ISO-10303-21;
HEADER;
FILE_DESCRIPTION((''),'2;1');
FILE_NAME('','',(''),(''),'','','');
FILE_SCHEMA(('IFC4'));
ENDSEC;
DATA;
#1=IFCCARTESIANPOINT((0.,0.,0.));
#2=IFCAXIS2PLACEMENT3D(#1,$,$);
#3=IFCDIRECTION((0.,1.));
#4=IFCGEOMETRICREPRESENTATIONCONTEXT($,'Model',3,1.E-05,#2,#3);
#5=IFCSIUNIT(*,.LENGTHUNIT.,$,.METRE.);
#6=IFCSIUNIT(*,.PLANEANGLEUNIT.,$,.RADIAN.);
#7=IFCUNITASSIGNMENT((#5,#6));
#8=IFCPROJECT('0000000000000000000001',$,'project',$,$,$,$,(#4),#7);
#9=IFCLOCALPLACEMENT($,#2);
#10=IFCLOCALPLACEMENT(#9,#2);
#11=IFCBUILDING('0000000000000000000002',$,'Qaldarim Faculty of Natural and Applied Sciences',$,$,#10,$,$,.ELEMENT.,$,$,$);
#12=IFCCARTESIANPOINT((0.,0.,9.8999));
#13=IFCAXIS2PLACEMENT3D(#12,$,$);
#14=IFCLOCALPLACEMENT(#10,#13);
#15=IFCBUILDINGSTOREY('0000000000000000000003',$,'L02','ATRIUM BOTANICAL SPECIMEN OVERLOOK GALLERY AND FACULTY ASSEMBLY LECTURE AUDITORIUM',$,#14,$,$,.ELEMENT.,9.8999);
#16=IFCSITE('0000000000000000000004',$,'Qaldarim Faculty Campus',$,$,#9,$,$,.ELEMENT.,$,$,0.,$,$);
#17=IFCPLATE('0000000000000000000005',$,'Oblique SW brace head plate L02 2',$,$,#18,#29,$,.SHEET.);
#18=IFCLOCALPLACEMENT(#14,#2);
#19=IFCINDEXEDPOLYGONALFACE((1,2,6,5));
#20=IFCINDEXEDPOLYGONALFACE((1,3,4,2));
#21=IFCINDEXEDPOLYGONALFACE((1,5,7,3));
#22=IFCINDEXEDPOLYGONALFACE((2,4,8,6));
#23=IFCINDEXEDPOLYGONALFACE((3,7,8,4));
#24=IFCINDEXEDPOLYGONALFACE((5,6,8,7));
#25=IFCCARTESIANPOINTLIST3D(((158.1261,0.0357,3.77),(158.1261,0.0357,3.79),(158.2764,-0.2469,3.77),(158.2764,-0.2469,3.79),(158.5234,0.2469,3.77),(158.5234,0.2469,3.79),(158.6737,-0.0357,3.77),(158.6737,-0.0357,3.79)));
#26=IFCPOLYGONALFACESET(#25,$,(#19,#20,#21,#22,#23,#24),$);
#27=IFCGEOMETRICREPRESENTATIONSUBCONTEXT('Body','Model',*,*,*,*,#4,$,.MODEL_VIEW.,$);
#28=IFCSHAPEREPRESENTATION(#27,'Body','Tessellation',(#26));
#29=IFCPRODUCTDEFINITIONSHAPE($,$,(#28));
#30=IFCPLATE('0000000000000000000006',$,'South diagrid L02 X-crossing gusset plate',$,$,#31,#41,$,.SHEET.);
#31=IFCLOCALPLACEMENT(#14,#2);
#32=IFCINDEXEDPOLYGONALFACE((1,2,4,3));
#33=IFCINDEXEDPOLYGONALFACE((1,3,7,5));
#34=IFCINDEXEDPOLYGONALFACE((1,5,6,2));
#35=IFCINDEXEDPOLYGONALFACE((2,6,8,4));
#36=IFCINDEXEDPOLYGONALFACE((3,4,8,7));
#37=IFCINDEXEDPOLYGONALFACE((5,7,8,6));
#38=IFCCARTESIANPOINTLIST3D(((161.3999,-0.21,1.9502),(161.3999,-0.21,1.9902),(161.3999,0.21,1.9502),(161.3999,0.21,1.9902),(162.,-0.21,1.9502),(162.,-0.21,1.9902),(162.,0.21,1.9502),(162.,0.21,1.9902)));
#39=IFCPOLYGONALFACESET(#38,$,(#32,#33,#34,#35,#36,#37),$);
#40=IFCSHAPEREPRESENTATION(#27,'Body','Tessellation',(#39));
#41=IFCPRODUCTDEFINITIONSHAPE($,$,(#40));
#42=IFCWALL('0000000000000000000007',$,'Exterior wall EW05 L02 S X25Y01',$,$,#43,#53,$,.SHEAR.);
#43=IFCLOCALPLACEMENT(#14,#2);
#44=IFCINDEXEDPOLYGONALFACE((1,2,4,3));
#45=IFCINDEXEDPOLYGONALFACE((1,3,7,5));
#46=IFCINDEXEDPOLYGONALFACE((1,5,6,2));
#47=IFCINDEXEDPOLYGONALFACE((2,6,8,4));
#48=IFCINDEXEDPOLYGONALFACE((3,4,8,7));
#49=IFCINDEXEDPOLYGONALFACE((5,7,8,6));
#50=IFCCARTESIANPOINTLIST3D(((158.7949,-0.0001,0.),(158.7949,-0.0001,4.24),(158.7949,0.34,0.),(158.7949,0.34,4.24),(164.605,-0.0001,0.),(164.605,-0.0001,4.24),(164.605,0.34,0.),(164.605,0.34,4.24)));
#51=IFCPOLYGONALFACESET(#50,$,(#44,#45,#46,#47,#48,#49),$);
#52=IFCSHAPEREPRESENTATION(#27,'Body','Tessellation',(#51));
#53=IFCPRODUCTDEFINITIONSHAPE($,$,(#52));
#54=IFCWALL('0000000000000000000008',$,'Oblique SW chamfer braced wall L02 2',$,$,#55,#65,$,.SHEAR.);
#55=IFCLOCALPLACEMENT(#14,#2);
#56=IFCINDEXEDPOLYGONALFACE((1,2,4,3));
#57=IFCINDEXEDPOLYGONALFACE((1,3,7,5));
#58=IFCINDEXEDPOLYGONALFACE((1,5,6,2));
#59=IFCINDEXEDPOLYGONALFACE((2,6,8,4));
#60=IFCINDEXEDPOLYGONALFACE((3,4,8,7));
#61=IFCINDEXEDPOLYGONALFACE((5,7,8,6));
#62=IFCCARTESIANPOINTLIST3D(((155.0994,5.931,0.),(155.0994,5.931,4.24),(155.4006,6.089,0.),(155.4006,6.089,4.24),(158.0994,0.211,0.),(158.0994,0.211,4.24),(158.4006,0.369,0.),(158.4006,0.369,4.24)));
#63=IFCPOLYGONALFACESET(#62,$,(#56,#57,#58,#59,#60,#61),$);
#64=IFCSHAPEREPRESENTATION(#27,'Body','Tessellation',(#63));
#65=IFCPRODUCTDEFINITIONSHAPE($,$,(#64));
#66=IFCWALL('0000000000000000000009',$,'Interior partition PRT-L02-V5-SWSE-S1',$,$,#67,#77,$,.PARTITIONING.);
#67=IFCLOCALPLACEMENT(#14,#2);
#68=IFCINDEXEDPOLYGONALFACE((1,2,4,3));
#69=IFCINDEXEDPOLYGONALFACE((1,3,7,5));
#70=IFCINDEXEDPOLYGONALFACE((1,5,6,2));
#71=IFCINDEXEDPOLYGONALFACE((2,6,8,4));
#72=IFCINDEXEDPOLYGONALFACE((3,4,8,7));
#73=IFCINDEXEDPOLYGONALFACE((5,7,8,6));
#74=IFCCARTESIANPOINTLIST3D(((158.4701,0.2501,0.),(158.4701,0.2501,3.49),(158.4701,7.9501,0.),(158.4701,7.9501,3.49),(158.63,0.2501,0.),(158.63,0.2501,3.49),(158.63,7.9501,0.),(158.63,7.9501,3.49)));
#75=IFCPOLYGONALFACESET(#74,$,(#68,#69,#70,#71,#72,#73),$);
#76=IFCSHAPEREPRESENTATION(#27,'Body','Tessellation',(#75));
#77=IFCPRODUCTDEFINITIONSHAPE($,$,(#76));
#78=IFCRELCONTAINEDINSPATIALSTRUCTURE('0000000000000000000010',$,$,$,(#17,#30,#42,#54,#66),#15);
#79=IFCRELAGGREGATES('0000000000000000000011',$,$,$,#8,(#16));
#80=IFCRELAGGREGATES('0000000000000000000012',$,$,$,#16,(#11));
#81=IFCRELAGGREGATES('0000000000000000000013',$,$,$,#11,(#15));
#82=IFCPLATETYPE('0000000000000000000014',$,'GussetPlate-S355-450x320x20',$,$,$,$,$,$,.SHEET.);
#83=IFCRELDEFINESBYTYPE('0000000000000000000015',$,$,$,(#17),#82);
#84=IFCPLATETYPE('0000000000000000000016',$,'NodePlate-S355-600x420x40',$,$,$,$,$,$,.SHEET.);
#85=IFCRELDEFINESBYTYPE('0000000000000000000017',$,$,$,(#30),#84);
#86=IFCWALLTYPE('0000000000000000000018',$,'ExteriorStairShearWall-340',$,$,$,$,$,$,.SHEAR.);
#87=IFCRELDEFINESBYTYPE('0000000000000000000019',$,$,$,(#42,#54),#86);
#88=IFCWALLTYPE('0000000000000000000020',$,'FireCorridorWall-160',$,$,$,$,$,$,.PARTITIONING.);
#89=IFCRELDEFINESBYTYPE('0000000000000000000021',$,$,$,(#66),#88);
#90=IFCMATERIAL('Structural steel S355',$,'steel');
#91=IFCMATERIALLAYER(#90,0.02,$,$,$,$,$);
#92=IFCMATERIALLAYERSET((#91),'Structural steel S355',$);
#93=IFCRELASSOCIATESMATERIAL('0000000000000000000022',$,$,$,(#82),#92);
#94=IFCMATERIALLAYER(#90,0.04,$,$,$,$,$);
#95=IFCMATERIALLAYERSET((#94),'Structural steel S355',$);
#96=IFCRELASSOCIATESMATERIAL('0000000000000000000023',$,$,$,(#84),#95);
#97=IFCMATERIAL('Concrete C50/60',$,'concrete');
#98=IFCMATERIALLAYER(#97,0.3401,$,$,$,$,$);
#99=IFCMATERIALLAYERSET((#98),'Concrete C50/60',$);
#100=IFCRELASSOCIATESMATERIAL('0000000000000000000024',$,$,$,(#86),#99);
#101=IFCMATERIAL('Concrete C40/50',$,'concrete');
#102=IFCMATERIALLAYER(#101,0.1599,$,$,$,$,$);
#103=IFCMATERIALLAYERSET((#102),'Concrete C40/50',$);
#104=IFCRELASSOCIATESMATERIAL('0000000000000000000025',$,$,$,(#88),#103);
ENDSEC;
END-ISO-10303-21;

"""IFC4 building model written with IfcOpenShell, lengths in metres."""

from ifc_helpers import new_model, si_unit, direction, frame, frame_2d, origin, origin_2d, place, context, subcontext, project, spatial, rectangle, extrude, material, layer, layer_set, type_object, element, save


model = new_model("IFC4")

# Units and contexts
model_context = context("Model", 3, precision=1e-05, world=origin(), true_north=direction((0.0, 1.0)))
body_context = subcontext(model_context, "Body", "Model", "MODEL_VIEW")
ifc_project = project(units=[si_unit("LENGTHUNIT", "METRE"), si_unit("PLANEANGLEUNIT", "RADIAN")], contexts=[model_context])

# Site, building, storey
site_placement = place(None, origin())
site = spatial("IfcSite", under=ifc_project, at=site_placement, Name="Qaldarim Faculty Campus", CompositionType="ELEMENT", RefElevation=0.0)
building_placement = place(site_placement, origin())
building = spatial("IfcBuilding", under=site, at=building_placement, Name="Qaldarim Faculty of Natural and Applied Sciences", CompositionType="ELEMENT")
storey_placement = place(building_placement, frame((0.0, 0.0, 9.8999)))
storey = spatial("IfcBuildingStorey", under=building, at=storey_placement, Name="L02", Description="ATRIUM BOTANICAL SPECIMEN OVERLOOK GALLERY AND FACULTY ASSEMBLY LECTURE AUDITORIUM", CompositionType="ELEMENT", Elevation=9.8999)

# Shared definitions
ifc_material_1 = material(Name="Concrete C50/60", Category="concrete")

# Shared definitions
ifc_material_2 = material(Name="Structural steel S355", Category="steel")

# Shared definitions
ifc_material_3 = material(Name="Concrete C40/50", Category="concrete")

# Plates
ifc_layer_1 = layer(ifc_material_2, 0.02)
ifc_layer_set_1 = layer_set([ifc_layer_1], Name="Structural steel S355")
plate_type_1 = type_object("IfcPlateType", Name="GussetPlate-S355-450x320x20", PredefinedType="SHEET", material=ifc_layer_set_1)
for number, where, z_axis, x_axis, name in (
    (1, (158.3999, 0.0, 3.77), (0.0, 0.0, 1.0), (0.882948, 0.469472, 0.0), "Oblique SW brace head plate L02 2"),
):
    element("IfcPlate", number, at=place(storey_placement, frame(where, z_axis=z_axis, x_axis=x_axis)), inside=storey, type_object=plate_type_1, Name=name, PredefinedType="SHEET", context=body_context, shape_type="SweptSolid", body=[
        extrude(rectangle(XDim=0.45, YDim=0.3201, at=origin_2d()), origin(), (0.0, 0.0, 1.0), 0.02),
    ])
ifc_layer_2 = layer(ifc_material_2, 0.04)
ifc_layer_set_2 = layer_set([ifc_layer_2], Name="Structural steel S355")
plate_type_2 = type_object("IfcPlateType", Name="NodePlate-S355-600x420x40", PredefinedType="SHEET", material=ifc_layer_set_2)
plate_placement = place(storey_placement, frame((161.7, 0.0, 1.9502), z_axis=(0.0, 0.0, 1.0), x_axis=(1.0, 0.0, 0.0)))
element("IfcPlate", 2, at=plate_placement, inside=storey, type_object=plate_type_2, Name="South diagrid L02 X-crossing gusset plate", PredefinedType="SHEET", context=body_context, shape_type="SweptSolid", body=[
    extrude(rectangle(XDim=0.6001, YDim=0.4199, at=origin_2d()), origin(), (0.0, 0.0, 1.0), 0.04),
])

# Walls
ifc_layer_3 = layer(ifc_material_1, 0.3401)
ifc_layer_set_3 = layer_set([ifc_layer_3], Name="Concrete C50/60")
wall_type_1 = type_object("IfcWallType", Name="ExteriorStairShearWall-340", PredefinedType="SHEAR", material=ifc_layer_set_3)
wall_1_placement = place(storey_placement, frame((158.7949, 0.1699, 0.0), z_axis=(0.0, 0.0, 1.0), x_axis=(1.0, 0.0, 0.0)))
element("IfcWall", 3, at=wall_1_placement, inside=storey, type_object=wall_type_1, Name="Exterior wall EW05 L02 S X25Y01", PredefinedType="SHEAR", context=body_context, shape_type="SweptSolid", body=[
    extrude(rectangle(XDim=5.8101, YDim=0.3401, at=frame_2d((2.905, 0.0))), origin(), (0.0, 0.0, 1.0), 4.24),
])
wall_2_placement = place(storey_placement, frame((155.25, 6.01, 0.0), z_axis=(0.0, 0.0, 1.0), x_axis=(0.464472, -0.885588, 0.0)))
element("IfcWall", 4, at=wall_2_placement, inside=storey, type_object=wall_type_1, Name="Oblique SW chamfer braced wall L02 2", PredefinedType="SHEAR", context=body_context, shape_type="SweptSolid", body=[
    extrude(rectangle(XDim=6.459, YDim=0.3401, at=frame_2d((3.2295, 0.0))), origin(), (0.0, 0.0, 1.0), 4.24),
])
ifc_layer_4 = layer(ifc_material_3, 0.1599)
ifc_layer_set_4 = layer_set([ifc_layer_4], Name="Concrete C40/50")
wall_type_2 = type_object("IfcWallType", Name="FireCorridorWall-160", PredefinedType="PARTITIONING", material=ifc_layer_set_4)
wall_3_placement = place(storey_placement, frame((158.55, 0.25, 0.0), z_axis=(0.0, 0.0, 1.0), x_axis=(0.0, 1.0, 0.0)))
element("IfcWall", 5, at=wall_3_placement, inside=storey, type_object=wall_type_2, Name="Interior partition PRT-L02-V5-SWSE-S1", PredefinedType="PARTITIONING", context=body_context, shape_type="SweptSolid", body=[
    extrude(rectangle(XDim=7.7, YDim=0.1599, at=frame_2d((3.8501, 0.0))), origin(), (0.0, 0.0, 1.0), 3.49),
])

save(model, "model.ifc")
